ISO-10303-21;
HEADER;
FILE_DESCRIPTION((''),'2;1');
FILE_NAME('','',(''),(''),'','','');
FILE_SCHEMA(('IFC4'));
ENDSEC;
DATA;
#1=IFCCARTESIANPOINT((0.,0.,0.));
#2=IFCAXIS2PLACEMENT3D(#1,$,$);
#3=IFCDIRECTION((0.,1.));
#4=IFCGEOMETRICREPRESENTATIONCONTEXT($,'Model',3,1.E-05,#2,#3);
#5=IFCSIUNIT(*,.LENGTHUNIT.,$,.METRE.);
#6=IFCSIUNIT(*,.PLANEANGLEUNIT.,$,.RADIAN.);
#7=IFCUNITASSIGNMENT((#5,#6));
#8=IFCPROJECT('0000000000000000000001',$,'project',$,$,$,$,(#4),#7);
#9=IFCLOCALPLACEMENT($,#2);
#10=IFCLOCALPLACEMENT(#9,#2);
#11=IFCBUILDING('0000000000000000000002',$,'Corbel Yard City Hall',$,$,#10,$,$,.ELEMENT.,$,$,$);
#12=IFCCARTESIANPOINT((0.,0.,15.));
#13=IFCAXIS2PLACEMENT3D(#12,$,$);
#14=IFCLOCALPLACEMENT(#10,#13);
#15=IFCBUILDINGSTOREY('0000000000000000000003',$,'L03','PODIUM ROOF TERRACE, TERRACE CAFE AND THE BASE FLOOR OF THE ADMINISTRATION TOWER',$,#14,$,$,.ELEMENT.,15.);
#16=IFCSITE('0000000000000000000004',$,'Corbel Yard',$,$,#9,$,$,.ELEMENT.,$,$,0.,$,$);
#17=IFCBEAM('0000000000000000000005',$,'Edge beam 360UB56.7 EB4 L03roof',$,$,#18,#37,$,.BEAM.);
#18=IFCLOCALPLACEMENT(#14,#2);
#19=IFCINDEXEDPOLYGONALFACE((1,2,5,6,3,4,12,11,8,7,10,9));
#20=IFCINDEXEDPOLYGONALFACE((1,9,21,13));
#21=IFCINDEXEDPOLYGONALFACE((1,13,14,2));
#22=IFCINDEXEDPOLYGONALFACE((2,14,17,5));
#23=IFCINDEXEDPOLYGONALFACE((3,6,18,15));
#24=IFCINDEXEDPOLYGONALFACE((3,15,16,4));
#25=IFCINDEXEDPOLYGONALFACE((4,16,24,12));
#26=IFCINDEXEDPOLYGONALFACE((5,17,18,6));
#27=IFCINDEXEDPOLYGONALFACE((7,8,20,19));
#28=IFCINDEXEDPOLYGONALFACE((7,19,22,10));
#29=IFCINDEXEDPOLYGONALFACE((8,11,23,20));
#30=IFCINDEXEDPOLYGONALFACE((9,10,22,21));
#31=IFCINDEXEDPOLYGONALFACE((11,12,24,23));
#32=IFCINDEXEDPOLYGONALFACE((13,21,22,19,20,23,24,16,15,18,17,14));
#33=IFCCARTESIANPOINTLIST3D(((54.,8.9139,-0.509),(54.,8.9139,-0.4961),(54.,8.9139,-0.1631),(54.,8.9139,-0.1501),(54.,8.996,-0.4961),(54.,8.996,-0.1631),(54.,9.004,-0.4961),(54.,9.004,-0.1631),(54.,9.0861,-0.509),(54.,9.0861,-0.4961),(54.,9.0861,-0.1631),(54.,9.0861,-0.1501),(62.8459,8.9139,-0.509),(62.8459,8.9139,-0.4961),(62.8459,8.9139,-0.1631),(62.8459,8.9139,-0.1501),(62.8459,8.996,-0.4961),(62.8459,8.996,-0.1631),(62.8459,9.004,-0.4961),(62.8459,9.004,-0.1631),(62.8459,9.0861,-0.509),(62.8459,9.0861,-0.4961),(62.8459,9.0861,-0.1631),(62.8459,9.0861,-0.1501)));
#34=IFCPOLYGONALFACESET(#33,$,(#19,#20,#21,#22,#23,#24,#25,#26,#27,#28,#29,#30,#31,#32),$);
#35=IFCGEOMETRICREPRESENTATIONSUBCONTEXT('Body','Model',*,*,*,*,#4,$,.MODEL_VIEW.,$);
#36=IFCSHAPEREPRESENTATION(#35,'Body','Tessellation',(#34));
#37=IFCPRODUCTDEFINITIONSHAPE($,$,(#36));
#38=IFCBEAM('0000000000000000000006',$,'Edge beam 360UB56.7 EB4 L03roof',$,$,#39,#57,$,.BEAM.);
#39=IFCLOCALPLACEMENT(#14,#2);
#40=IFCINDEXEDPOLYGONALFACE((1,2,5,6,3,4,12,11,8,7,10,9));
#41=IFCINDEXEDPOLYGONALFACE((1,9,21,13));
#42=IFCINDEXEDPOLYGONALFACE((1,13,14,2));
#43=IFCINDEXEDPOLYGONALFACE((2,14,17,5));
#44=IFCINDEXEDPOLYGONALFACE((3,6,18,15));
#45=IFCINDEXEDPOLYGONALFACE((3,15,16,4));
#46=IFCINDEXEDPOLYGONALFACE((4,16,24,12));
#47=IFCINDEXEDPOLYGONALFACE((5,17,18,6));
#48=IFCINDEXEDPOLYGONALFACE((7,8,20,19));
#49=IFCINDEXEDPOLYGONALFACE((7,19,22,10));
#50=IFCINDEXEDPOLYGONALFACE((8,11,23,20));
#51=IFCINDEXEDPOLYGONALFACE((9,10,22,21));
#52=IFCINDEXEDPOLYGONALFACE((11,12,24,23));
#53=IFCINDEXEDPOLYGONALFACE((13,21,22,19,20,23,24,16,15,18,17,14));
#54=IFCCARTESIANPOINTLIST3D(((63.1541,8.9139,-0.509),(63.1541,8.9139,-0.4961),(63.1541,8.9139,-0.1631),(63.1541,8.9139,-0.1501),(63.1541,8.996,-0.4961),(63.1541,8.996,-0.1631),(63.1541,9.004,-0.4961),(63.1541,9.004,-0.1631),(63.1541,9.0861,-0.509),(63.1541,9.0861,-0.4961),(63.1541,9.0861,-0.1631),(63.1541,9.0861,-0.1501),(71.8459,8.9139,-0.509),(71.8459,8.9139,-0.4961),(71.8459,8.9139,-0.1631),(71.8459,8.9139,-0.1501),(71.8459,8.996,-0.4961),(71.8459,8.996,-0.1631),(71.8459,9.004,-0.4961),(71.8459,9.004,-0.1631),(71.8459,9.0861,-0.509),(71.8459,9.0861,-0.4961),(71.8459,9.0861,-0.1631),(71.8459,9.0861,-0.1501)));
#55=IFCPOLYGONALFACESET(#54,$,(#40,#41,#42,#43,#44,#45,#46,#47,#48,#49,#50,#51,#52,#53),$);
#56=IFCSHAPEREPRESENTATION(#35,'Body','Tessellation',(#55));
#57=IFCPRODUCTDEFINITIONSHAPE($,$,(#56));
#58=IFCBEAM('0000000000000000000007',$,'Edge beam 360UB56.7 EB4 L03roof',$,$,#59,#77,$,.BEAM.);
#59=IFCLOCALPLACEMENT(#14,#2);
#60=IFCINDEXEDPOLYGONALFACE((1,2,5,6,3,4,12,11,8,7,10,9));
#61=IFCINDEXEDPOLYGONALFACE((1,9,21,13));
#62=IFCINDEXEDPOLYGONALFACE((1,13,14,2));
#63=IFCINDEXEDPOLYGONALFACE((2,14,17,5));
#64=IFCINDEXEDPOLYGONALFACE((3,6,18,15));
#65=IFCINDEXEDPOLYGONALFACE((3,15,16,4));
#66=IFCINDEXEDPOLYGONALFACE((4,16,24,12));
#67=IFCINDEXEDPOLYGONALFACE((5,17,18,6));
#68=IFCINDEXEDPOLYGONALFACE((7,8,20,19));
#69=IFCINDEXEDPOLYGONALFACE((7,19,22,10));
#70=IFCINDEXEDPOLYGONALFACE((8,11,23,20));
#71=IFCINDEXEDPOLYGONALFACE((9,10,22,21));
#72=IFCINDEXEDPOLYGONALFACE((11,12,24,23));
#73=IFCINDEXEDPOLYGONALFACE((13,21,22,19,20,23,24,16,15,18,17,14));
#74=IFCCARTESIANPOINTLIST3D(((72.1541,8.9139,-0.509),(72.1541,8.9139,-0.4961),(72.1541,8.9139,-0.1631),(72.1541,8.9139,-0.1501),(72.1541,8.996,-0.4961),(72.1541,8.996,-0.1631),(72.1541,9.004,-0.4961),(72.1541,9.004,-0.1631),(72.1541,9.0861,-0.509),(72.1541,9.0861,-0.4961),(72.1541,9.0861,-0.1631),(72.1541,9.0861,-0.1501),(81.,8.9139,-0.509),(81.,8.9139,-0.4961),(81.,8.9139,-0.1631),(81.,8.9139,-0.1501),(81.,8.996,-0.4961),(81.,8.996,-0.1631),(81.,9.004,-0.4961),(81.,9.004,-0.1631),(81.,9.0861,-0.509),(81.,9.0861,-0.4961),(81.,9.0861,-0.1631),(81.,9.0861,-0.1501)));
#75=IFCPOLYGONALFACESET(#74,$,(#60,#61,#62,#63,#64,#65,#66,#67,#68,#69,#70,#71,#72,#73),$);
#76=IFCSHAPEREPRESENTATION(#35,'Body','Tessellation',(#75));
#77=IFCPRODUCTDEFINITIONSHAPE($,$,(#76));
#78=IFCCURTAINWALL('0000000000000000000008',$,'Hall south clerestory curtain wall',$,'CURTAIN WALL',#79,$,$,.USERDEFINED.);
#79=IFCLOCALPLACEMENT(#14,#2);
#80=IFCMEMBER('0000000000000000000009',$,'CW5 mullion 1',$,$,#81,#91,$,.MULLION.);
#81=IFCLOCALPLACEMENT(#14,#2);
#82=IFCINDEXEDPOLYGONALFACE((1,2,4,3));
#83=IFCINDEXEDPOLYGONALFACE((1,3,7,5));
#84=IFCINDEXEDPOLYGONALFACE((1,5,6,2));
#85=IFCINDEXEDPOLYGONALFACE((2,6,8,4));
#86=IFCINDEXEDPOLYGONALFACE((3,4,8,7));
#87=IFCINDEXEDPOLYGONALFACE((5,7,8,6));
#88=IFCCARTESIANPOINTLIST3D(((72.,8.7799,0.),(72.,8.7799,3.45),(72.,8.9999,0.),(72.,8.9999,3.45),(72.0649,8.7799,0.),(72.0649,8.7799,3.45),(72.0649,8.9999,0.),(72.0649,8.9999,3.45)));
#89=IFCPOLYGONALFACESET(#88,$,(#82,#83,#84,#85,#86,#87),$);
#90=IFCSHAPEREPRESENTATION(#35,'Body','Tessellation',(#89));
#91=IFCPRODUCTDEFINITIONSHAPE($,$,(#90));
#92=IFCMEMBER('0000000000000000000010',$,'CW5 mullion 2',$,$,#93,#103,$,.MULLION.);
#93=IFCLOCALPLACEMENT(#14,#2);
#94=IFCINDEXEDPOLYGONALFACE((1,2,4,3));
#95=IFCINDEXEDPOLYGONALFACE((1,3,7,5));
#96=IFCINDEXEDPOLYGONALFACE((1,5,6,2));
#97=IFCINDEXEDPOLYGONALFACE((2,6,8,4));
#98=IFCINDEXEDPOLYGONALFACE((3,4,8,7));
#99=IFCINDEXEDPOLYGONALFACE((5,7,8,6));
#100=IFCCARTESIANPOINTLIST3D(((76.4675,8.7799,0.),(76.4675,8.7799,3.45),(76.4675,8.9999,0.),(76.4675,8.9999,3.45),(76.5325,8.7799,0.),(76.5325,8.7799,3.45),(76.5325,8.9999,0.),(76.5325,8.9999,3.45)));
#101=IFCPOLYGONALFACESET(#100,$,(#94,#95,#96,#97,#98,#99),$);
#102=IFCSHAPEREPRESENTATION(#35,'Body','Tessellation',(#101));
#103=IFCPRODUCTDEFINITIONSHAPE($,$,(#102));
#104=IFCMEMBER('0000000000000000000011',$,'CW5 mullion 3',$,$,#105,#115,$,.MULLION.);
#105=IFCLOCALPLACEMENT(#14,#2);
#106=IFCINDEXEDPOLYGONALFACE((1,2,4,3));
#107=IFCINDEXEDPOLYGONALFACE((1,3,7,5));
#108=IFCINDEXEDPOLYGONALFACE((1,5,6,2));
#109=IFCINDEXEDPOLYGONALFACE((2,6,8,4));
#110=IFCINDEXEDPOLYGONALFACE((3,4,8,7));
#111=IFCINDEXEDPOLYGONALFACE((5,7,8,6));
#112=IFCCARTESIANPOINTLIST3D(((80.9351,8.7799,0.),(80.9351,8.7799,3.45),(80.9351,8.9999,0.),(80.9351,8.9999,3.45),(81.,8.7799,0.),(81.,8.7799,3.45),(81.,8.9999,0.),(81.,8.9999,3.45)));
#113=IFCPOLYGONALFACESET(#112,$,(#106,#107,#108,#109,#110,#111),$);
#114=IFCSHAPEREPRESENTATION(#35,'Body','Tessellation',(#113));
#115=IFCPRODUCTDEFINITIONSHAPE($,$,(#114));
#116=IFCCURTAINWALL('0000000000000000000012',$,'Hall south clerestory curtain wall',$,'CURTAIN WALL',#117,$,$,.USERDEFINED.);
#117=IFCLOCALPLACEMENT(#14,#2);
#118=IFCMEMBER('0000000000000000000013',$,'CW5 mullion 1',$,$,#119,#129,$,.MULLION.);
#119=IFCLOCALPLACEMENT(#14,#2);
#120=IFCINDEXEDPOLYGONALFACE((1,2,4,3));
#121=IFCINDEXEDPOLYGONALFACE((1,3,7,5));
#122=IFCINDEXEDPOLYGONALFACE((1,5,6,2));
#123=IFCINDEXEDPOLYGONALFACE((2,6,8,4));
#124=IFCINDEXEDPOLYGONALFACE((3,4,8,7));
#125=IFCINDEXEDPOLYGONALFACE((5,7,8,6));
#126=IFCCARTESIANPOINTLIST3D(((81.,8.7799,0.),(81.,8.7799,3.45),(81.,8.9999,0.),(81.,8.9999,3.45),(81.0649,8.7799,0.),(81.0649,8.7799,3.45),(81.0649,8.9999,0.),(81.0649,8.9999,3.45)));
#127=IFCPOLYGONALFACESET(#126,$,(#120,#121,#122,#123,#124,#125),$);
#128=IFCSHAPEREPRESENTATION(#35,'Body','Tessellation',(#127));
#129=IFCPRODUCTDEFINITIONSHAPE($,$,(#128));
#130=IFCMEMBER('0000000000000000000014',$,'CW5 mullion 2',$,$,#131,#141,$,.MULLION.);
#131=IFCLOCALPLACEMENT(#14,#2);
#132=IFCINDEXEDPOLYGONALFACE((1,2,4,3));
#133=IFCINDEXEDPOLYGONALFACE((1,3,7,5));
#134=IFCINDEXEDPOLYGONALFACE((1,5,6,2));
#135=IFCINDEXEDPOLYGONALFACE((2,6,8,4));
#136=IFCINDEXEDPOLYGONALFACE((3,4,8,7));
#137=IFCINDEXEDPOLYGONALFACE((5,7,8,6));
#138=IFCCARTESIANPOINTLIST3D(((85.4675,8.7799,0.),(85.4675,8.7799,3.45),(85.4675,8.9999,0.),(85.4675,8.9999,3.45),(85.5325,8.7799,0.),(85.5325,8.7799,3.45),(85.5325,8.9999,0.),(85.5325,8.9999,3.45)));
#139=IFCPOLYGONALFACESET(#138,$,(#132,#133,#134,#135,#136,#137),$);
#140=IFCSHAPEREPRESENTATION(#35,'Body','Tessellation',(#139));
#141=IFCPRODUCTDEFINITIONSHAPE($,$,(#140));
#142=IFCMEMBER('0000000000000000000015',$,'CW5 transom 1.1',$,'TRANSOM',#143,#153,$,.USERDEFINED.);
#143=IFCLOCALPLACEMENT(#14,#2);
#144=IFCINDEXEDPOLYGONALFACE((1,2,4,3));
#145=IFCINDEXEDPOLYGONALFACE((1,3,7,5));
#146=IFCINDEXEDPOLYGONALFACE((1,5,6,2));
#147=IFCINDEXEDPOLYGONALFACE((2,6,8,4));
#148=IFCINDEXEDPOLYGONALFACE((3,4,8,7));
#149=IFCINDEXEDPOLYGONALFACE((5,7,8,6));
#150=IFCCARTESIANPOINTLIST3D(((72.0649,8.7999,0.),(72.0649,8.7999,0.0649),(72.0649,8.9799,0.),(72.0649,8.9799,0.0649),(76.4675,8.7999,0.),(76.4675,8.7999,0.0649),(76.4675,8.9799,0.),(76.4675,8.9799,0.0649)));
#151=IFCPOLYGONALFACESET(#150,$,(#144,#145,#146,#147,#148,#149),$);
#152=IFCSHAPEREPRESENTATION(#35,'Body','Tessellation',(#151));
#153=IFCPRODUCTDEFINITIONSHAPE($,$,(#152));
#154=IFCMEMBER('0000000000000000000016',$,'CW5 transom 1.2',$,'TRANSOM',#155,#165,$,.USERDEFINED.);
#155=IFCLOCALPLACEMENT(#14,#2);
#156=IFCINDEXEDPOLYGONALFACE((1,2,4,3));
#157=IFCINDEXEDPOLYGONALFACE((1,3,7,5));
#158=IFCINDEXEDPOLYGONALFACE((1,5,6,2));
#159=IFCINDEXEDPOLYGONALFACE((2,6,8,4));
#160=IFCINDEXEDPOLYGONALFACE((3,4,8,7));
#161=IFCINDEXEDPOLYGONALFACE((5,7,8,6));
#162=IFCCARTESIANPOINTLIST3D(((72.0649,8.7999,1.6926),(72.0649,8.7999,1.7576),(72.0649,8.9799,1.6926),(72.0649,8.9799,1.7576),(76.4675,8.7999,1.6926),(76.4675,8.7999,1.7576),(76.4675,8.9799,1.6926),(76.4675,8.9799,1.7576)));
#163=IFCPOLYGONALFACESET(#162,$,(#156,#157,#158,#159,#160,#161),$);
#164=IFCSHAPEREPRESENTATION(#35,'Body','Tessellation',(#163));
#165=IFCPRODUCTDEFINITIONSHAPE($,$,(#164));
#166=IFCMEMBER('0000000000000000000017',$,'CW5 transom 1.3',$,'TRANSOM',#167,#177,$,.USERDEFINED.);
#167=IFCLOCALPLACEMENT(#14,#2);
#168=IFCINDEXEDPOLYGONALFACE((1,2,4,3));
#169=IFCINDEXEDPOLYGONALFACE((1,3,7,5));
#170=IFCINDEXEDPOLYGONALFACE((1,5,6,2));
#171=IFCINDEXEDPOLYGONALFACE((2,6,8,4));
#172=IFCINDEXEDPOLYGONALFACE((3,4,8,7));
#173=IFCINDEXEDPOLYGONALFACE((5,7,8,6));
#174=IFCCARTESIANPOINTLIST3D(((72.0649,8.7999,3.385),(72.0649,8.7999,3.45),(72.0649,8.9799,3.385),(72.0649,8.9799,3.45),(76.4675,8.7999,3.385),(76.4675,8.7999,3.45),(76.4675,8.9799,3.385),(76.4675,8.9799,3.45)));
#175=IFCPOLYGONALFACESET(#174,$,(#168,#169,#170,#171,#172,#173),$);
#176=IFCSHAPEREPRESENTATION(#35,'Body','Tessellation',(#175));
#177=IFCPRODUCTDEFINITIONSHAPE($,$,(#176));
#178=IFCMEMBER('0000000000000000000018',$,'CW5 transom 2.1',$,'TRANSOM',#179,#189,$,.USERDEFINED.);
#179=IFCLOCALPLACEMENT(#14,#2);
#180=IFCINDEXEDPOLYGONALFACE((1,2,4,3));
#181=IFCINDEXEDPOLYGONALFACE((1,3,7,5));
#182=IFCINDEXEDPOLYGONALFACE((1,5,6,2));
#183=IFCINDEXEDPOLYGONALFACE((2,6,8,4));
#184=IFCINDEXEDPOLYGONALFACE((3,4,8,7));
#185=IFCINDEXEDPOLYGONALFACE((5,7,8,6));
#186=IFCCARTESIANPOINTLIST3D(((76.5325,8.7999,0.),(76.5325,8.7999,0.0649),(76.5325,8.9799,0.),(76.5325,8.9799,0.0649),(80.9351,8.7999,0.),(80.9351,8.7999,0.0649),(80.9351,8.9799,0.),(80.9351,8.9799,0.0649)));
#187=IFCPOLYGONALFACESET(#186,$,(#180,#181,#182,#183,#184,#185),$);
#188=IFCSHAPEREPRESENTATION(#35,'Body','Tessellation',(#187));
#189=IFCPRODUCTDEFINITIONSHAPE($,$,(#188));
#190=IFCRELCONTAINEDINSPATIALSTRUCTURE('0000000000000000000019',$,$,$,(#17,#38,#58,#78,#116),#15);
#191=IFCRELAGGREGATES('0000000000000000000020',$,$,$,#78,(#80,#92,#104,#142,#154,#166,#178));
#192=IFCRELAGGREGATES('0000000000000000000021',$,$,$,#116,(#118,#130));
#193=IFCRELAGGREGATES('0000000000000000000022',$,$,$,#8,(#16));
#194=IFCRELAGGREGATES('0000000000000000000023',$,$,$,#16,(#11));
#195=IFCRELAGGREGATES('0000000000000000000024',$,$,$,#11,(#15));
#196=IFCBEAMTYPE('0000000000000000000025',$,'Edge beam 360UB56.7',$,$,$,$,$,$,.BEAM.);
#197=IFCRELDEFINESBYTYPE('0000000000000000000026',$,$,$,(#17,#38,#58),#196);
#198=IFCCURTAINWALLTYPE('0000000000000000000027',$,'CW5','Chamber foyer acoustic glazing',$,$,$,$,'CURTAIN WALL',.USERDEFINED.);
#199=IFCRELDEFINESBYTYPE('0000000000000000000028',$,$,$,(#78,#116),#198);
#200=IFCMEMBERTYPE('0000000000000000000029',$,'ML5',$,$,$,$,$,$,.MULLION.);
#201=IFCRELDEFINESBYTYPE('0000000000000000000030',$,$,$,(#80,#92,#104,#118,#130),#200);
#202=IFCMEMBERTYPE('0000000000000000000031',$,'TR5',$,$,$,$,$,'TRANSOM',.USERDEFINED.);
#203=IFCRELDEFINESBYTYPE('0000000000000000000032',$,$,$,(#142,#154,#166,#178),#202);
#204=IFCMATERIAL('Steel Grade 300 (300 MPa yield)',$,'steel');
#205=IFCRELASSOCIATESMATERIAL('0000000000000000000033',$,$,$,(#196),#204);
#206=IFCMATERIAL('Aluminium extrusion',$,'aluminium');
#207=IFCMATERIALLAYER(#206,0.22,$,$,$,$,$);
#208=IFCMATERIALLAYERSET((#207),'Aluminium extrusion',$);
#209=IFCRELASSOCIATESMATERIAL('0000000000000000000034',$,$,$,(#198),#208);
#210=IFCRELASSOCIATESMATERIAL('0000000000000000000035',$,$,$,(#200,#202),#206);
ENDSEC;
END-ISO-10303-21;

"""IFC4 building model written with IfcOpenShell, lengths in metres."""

from ifc_helpers import new_model, si_unit, direction, frame, origin, origin_2d, place, context, subcontext, project, spatial, rectangle, i_section, extrude, material, layer, layer_set, material_profile, profile_set, type_object, element, aggregate, save


model = new_model("IFC4")

# Units and contexts
model_context = context("Model", 3, precision=1e-05, world=origin(), true_north=direction((0.0, 1.0)))
body_context = subcontext(model_context, "Body", "Model", "MODEL_VIEW")
ifc_project = project(units=[si_unit("LENGTHUNIT", "METRE"), si_unit("PLANEANGLEUNIT", "RADIAN")], contexts=[model_context])

# Site, building, storey
site_placement = place(None, origin())
site = spatial("IfcSite", under=ifc_project, at=site_placement, Name="Corbel Yard", CompositionType="ELEMENT", RefElevation=0.0)
building_placement = place(site_placement, origin())
building = spatial("IfcBuilding", under=site, at=building_placement, Name="Corbel Yard City Hall", CompositionType="ELEMENT")
storey_placement = place(building_placement, frame((0.0, 0.0, 15.0)))
storey = spatial("IfcBuildingStorey", under=building, at=storey_placement, Name="L03", Description="PODIUM ROOF TERRACE, TERRACE CAFE AND THE BASE FLOOR OF THE ADMINISTRATION TOWER", CompositionType="ELEMENT", Elevation=15.0)

# Beams
ifc_material_1 = material(Name="Steel Grade 300 (300 MPa yield)", Category="steel")
ifc_material_profile_1 = material_profile(ifc_material_1, i_section(OverallWidth=0.1721, OverallDepth=0.3589, WebThickness=0.0081, FlangeThickness=0.0129, at=origin_2d()), Name="360UB56.7")
ifc_profile_set_1 = profile_set([ifc_material_profile_1], Name="Steel Grade 300 (300 MPa yield)")
beam_type = type_object("IfcBeamType", Name="Edge beam 360UB56.7", PredefinedType="BEAM", material=ifc_profile_set_1)
beam_1_placement = place(storey_placement, frame((54.0, 9.0, -0.3296), z_axis=(1.0, 0.0, 0.0), x_axis=(0.0, 1.0, 0.0)))
element("IfcBeam", 1, at=beam_1_placement, inside=storey, type_object=beam_type, Name="Edge beam 360UB56.7 EB4 L03roof", PredefinedType="BEAM", context=body_context, shape_type="SweptSolid", body=[
    extrude(i_section(OverallWidth=0.1721, OverallDepth=0.3589, WebThickness=0.0081, FlangeThickness=0.0129, at=origin_2d()), origin(), (0.0, 0.0, 1.0), 8.8459),
])
beam_2_placement = place(storey_placement, frame((63.1541, 9.0, -0.3296), z_axis=(1.0, 0.0, 0.0), x_axis=(0.0, 1.0, 0.0)))
element("IfcBeam", 2, at=beam_2_placement, inside=storey, type_object=beam_type, Name="Edge beam 360UB56.7 EB4 L03roof", PredefinedType="BEAM", context=body_context, shape_type="SweptSolid", body=[
    extrude(i_section(OverallWidth=0.1721, OverallDepth=0.3589, WebThickness=0.0081, FlangeThickness=0.0129, at=origin_2d()), origin(), (0.0, 0.0, 1.0), 8.6919),
])
beam_3_placement = place(storey_placement, frame((72.1541, 9.0, -0.3296), z_axis=(1.0, 0.0, 0.0), x_axis=(0.0, 1.0, 0.0)))
element("IfcBeam", 3, at=beam_3_placement, inside=storey, type_object=beam_type, Name="Edge beam 360UB56.7 EB4 L03roof", PredefinedType="BEAM", context=body_context, shape_type="SweptSolid", body=[
    extrude(i_section(OverallWidth=0.1721, OverallDepth=0.3589, WebThickness=0.0081, FlangeThickness=0.0129, at=origin_2d()), origin(), (0.0, 0.0, 1.0), 8.8459),
])

# Curtain walls, members
ifc_material_2 = material(Name="Aluminium extrusion", Category="aluminium")
ifc_layer_1 = layer(ifc_material_2, 0.22)
ifc_layer_set_1 = layer_set([ifc_layer_1], Name="Aluminium extrusion")
curtain_wall_type = type_object("IfcCurtainWallType", Name="CW5", Description="Chamber foyer acoustic glazing", ElementType="CURTAIN WALL", PredefinedType="USERDEFINED", material=ifc_layer_set_1)
curtain_wall_1_placement = place(storey_placement, origin())
curtain_wall_1 = element("IfcCurtainWall", 4, at=curtain_wall_1_placement, inside=storey, type_object=curtain_wall_type, Name="Hall south clerestory curtain wall", ObjectType="CURTAIN WALL", PredefinedType="USERDEFINED")
ifc_material_profile_2 = material_profile(ifc_material_2, rectangle(XDim=0.22, YDim=0.0649, at=origin_2d()), Name="220x65")
ifc_profile_set_2 = profile_set([ifc_material_profile_2], Name="Aluminium extrusion")
member_type_1 = type_object("IfcMemberType", Name="ML5", PredefinedType="MULLION", material=ifc_profile_set_2)
member_1_placement = place(storey_placement, frame((72.0325, 8.8899, 0.0), z_axis=(0.0, 0.0, 1.0), x_axis=(0.0, 1.0, 0.0)))
member_1 = element("IfcMember", 5, at=member_1_placement, type_object=member_type_1, Name="CW5 mullion 1", PredefinedType="MULLION", context=body_context, shape_type="SweptSolid", body=[
    extrude(rectangle(XDim=0.22, YDim=0.0649, at=origin_2d()), origin(), (0.0, 0.0, 1.0), 3.45),
])
member_2_placement = place(storey_placement, frame((76.5, 8.8899, 0.0), z_axis=(0.0, 0.0, 1.0), x_axis=(0.0, 1.0, 0.0)))
member_2 = element("IfcMember", 6, at=member_2_placement, type_object=member_type_1, Name="CW5 mullion 2", PredefinedType="MULLION", context=body_context, shape_type="SweptSolid", body=[
    extrude(rectangle(XDim=0.22, YDim=0.0649, at=origin_2d()), origin(), (0.0, 0.0, 1.0), 3.45),
])
member_3_placement = place(storey_placement, frame((80.9675, 8.8899, 0.0), z_axis=(0.0, 0.0, 1.0), x_axis=(0.0, 1.0, 0.0)))
member_3 = element("IfcMember", 7, at=member_3_placement, type_object=member_type_1, Name="CW5 mullion 3", PredefinedType="MULLION", context=body_context, shape_type="SweptSolid", body=[
    extrude(rectangle(XDim=0.22, YDim=0.0649, at=origin_2d()), origin(), (0.0, 0.0, 1.0), 3.45),
])
curtain_wall_2_placement = place(storey_placement, origin())
curtain_wall_2 = element("IfcCurtainWall", 8, at=curtain_wall_2_placement, inside=storey, type_object=curtain_wall_type, Name="Hall south clerestory curtain wall", ObjectType="CURTAIN WALL", PredefinedType="USERDEFINED")
member_4_placement = place(storey_placement, frame((81.0325, 8.8899, 0.0), z_axis=(0.0, 0.0, 1.0), x_axis=(0.0, 1.0, 0.0)))
member_4 = element("IfcMember", 9, at=member_4_placement, type_object=member_type_1, Name="CW5 mullion 1", PredefinedType="MULLION", context=body_context, shape_type="SweptSolid", body=[
    extrude(rectangle(XDim=0.22, YDim=0.0649, at=origin_2d()), origin(), (0.0, 0.0, 1.0), 3.45),
])
member_5_placement = place(storey_placement, frame((85.5, 8.8899, 0.0), z_axis=(0.0, 0.0, 1.0), x_axis=(0.0, 1.0, 0.0)))
member_5 = element("IfcMember", 10, at=member_5_placement, type_object=member_type_1, Name="CW5 mullion 2", PredefinedType="MULLION", context=body_context, shape_type="SweptSolid", body=[
    extrude(rectangle(XDim=0.22, YDim=0.0649, at=origin_2d()), origin(), (0.0, 0.0, 1.0), 3.45),
])

# Members
ifc_material_profile_3 = material_profile(ifc_material_2, rectangle(XDim=0.1799, YDim=0.0649, at=origin_2d()), Name="180x65")
ifc_profile_set_3 = profile_set([ifc_material_profile_3], Name="Aluminium extrusion")
member_type_2 = type_object("IfcMemberType", Name="TR5", ElementType="TRANSOM", PredefinedType="USERDEFINED", material=ifc_profile_set_3)
member_6_placement = place(storey_placement, frame((72.0649, 8.8899, 0.0325), z_axis=(1.0, 0.0, 0.0), x_axis=(0.0, 1.0, 0.0)))
member_6 = element("IfcMember", 11, at=member_6_placement, type_object=member_type_2, Name="CW5 transom 1.1", ObjectType="TRANSOM", PredefinedType="USERDEFINED", context=body_context, shape_type="SweptSolid", body=[
    extrude(rectangle(XDim=0.1799, YDim=0.0649, at=origin_2d()), origin(), (0.0, 0.0, 1.0), 4.4026),
])
member_7_placement = place(storey_placement, frame((72.0649, 8.8899, 1.7251), z_axis=(1.0, 0.0, 0.0), x_axis=(0.0, 1.0, 0.0)))
member_7 = element("IfcMember", 12, at=member_7_placement, type_object=member_type_2, Name="CW5 transom 1.2", ObjectType="TRANSOM", PredefinedType="USERDEFINED", context=body_context, shape_type="SweptSolid", body=[
    extrude(rectangle(XDim=0.1799, YDim=0.0649, at=origin_2d()), origin(), (0.0, 0.0, 1.0), 4.4026),
])
member_8_placement = place(storey_placement, frame((72.0649, 8.8899, 3.4175), z_axis=(1.0, 0.0, 0.0), x_axis=(0.0, 1.0, 0.0)))
member_8 = element("IfcMember", 13, at=member_8_placement, type_object=member_type_2, Name="CW5 transom 1.3", ObjectType="TRANSOM", PredefinedType="USERDEFINED", context=body_context, shape_type="SweptSolid", body=[
    extrude(rectangle(XDim=0.1799, YDim=0.0649, at=origin_2d()), origin(), (0.0, 0.0, 1.0), 4.4026),
])
member_9_placement = place(storey_placement, frame((76.5325, 8.8899, 0.0325), z_axis=(1.0, 0.0, 0.0), x_axis=(0.0, 1.0, 0.0)))
member_9 = element("IfcMember", 14, at=member_9_placement, type_object=member_type_2, Name="CW5 transom 2.1", ObjectType="TRANSOM", PredefinedType="USERDEFINED", context=body_context, shape_type="SweptSolid", body=[
    extrude(rectangle(XDim=0.1799, YDim=0.0649, at=origin_2d()), origin(), (0.0, 0.0, 1.0), 4.4026),
])

aggregate(curtain_wall_1, [member_1, member_2, member_3, member_6, member_7, member_8, member_9])
aggregate(curtain_wall_2, [member_4, member_5])

save(model, "model.ifc")
